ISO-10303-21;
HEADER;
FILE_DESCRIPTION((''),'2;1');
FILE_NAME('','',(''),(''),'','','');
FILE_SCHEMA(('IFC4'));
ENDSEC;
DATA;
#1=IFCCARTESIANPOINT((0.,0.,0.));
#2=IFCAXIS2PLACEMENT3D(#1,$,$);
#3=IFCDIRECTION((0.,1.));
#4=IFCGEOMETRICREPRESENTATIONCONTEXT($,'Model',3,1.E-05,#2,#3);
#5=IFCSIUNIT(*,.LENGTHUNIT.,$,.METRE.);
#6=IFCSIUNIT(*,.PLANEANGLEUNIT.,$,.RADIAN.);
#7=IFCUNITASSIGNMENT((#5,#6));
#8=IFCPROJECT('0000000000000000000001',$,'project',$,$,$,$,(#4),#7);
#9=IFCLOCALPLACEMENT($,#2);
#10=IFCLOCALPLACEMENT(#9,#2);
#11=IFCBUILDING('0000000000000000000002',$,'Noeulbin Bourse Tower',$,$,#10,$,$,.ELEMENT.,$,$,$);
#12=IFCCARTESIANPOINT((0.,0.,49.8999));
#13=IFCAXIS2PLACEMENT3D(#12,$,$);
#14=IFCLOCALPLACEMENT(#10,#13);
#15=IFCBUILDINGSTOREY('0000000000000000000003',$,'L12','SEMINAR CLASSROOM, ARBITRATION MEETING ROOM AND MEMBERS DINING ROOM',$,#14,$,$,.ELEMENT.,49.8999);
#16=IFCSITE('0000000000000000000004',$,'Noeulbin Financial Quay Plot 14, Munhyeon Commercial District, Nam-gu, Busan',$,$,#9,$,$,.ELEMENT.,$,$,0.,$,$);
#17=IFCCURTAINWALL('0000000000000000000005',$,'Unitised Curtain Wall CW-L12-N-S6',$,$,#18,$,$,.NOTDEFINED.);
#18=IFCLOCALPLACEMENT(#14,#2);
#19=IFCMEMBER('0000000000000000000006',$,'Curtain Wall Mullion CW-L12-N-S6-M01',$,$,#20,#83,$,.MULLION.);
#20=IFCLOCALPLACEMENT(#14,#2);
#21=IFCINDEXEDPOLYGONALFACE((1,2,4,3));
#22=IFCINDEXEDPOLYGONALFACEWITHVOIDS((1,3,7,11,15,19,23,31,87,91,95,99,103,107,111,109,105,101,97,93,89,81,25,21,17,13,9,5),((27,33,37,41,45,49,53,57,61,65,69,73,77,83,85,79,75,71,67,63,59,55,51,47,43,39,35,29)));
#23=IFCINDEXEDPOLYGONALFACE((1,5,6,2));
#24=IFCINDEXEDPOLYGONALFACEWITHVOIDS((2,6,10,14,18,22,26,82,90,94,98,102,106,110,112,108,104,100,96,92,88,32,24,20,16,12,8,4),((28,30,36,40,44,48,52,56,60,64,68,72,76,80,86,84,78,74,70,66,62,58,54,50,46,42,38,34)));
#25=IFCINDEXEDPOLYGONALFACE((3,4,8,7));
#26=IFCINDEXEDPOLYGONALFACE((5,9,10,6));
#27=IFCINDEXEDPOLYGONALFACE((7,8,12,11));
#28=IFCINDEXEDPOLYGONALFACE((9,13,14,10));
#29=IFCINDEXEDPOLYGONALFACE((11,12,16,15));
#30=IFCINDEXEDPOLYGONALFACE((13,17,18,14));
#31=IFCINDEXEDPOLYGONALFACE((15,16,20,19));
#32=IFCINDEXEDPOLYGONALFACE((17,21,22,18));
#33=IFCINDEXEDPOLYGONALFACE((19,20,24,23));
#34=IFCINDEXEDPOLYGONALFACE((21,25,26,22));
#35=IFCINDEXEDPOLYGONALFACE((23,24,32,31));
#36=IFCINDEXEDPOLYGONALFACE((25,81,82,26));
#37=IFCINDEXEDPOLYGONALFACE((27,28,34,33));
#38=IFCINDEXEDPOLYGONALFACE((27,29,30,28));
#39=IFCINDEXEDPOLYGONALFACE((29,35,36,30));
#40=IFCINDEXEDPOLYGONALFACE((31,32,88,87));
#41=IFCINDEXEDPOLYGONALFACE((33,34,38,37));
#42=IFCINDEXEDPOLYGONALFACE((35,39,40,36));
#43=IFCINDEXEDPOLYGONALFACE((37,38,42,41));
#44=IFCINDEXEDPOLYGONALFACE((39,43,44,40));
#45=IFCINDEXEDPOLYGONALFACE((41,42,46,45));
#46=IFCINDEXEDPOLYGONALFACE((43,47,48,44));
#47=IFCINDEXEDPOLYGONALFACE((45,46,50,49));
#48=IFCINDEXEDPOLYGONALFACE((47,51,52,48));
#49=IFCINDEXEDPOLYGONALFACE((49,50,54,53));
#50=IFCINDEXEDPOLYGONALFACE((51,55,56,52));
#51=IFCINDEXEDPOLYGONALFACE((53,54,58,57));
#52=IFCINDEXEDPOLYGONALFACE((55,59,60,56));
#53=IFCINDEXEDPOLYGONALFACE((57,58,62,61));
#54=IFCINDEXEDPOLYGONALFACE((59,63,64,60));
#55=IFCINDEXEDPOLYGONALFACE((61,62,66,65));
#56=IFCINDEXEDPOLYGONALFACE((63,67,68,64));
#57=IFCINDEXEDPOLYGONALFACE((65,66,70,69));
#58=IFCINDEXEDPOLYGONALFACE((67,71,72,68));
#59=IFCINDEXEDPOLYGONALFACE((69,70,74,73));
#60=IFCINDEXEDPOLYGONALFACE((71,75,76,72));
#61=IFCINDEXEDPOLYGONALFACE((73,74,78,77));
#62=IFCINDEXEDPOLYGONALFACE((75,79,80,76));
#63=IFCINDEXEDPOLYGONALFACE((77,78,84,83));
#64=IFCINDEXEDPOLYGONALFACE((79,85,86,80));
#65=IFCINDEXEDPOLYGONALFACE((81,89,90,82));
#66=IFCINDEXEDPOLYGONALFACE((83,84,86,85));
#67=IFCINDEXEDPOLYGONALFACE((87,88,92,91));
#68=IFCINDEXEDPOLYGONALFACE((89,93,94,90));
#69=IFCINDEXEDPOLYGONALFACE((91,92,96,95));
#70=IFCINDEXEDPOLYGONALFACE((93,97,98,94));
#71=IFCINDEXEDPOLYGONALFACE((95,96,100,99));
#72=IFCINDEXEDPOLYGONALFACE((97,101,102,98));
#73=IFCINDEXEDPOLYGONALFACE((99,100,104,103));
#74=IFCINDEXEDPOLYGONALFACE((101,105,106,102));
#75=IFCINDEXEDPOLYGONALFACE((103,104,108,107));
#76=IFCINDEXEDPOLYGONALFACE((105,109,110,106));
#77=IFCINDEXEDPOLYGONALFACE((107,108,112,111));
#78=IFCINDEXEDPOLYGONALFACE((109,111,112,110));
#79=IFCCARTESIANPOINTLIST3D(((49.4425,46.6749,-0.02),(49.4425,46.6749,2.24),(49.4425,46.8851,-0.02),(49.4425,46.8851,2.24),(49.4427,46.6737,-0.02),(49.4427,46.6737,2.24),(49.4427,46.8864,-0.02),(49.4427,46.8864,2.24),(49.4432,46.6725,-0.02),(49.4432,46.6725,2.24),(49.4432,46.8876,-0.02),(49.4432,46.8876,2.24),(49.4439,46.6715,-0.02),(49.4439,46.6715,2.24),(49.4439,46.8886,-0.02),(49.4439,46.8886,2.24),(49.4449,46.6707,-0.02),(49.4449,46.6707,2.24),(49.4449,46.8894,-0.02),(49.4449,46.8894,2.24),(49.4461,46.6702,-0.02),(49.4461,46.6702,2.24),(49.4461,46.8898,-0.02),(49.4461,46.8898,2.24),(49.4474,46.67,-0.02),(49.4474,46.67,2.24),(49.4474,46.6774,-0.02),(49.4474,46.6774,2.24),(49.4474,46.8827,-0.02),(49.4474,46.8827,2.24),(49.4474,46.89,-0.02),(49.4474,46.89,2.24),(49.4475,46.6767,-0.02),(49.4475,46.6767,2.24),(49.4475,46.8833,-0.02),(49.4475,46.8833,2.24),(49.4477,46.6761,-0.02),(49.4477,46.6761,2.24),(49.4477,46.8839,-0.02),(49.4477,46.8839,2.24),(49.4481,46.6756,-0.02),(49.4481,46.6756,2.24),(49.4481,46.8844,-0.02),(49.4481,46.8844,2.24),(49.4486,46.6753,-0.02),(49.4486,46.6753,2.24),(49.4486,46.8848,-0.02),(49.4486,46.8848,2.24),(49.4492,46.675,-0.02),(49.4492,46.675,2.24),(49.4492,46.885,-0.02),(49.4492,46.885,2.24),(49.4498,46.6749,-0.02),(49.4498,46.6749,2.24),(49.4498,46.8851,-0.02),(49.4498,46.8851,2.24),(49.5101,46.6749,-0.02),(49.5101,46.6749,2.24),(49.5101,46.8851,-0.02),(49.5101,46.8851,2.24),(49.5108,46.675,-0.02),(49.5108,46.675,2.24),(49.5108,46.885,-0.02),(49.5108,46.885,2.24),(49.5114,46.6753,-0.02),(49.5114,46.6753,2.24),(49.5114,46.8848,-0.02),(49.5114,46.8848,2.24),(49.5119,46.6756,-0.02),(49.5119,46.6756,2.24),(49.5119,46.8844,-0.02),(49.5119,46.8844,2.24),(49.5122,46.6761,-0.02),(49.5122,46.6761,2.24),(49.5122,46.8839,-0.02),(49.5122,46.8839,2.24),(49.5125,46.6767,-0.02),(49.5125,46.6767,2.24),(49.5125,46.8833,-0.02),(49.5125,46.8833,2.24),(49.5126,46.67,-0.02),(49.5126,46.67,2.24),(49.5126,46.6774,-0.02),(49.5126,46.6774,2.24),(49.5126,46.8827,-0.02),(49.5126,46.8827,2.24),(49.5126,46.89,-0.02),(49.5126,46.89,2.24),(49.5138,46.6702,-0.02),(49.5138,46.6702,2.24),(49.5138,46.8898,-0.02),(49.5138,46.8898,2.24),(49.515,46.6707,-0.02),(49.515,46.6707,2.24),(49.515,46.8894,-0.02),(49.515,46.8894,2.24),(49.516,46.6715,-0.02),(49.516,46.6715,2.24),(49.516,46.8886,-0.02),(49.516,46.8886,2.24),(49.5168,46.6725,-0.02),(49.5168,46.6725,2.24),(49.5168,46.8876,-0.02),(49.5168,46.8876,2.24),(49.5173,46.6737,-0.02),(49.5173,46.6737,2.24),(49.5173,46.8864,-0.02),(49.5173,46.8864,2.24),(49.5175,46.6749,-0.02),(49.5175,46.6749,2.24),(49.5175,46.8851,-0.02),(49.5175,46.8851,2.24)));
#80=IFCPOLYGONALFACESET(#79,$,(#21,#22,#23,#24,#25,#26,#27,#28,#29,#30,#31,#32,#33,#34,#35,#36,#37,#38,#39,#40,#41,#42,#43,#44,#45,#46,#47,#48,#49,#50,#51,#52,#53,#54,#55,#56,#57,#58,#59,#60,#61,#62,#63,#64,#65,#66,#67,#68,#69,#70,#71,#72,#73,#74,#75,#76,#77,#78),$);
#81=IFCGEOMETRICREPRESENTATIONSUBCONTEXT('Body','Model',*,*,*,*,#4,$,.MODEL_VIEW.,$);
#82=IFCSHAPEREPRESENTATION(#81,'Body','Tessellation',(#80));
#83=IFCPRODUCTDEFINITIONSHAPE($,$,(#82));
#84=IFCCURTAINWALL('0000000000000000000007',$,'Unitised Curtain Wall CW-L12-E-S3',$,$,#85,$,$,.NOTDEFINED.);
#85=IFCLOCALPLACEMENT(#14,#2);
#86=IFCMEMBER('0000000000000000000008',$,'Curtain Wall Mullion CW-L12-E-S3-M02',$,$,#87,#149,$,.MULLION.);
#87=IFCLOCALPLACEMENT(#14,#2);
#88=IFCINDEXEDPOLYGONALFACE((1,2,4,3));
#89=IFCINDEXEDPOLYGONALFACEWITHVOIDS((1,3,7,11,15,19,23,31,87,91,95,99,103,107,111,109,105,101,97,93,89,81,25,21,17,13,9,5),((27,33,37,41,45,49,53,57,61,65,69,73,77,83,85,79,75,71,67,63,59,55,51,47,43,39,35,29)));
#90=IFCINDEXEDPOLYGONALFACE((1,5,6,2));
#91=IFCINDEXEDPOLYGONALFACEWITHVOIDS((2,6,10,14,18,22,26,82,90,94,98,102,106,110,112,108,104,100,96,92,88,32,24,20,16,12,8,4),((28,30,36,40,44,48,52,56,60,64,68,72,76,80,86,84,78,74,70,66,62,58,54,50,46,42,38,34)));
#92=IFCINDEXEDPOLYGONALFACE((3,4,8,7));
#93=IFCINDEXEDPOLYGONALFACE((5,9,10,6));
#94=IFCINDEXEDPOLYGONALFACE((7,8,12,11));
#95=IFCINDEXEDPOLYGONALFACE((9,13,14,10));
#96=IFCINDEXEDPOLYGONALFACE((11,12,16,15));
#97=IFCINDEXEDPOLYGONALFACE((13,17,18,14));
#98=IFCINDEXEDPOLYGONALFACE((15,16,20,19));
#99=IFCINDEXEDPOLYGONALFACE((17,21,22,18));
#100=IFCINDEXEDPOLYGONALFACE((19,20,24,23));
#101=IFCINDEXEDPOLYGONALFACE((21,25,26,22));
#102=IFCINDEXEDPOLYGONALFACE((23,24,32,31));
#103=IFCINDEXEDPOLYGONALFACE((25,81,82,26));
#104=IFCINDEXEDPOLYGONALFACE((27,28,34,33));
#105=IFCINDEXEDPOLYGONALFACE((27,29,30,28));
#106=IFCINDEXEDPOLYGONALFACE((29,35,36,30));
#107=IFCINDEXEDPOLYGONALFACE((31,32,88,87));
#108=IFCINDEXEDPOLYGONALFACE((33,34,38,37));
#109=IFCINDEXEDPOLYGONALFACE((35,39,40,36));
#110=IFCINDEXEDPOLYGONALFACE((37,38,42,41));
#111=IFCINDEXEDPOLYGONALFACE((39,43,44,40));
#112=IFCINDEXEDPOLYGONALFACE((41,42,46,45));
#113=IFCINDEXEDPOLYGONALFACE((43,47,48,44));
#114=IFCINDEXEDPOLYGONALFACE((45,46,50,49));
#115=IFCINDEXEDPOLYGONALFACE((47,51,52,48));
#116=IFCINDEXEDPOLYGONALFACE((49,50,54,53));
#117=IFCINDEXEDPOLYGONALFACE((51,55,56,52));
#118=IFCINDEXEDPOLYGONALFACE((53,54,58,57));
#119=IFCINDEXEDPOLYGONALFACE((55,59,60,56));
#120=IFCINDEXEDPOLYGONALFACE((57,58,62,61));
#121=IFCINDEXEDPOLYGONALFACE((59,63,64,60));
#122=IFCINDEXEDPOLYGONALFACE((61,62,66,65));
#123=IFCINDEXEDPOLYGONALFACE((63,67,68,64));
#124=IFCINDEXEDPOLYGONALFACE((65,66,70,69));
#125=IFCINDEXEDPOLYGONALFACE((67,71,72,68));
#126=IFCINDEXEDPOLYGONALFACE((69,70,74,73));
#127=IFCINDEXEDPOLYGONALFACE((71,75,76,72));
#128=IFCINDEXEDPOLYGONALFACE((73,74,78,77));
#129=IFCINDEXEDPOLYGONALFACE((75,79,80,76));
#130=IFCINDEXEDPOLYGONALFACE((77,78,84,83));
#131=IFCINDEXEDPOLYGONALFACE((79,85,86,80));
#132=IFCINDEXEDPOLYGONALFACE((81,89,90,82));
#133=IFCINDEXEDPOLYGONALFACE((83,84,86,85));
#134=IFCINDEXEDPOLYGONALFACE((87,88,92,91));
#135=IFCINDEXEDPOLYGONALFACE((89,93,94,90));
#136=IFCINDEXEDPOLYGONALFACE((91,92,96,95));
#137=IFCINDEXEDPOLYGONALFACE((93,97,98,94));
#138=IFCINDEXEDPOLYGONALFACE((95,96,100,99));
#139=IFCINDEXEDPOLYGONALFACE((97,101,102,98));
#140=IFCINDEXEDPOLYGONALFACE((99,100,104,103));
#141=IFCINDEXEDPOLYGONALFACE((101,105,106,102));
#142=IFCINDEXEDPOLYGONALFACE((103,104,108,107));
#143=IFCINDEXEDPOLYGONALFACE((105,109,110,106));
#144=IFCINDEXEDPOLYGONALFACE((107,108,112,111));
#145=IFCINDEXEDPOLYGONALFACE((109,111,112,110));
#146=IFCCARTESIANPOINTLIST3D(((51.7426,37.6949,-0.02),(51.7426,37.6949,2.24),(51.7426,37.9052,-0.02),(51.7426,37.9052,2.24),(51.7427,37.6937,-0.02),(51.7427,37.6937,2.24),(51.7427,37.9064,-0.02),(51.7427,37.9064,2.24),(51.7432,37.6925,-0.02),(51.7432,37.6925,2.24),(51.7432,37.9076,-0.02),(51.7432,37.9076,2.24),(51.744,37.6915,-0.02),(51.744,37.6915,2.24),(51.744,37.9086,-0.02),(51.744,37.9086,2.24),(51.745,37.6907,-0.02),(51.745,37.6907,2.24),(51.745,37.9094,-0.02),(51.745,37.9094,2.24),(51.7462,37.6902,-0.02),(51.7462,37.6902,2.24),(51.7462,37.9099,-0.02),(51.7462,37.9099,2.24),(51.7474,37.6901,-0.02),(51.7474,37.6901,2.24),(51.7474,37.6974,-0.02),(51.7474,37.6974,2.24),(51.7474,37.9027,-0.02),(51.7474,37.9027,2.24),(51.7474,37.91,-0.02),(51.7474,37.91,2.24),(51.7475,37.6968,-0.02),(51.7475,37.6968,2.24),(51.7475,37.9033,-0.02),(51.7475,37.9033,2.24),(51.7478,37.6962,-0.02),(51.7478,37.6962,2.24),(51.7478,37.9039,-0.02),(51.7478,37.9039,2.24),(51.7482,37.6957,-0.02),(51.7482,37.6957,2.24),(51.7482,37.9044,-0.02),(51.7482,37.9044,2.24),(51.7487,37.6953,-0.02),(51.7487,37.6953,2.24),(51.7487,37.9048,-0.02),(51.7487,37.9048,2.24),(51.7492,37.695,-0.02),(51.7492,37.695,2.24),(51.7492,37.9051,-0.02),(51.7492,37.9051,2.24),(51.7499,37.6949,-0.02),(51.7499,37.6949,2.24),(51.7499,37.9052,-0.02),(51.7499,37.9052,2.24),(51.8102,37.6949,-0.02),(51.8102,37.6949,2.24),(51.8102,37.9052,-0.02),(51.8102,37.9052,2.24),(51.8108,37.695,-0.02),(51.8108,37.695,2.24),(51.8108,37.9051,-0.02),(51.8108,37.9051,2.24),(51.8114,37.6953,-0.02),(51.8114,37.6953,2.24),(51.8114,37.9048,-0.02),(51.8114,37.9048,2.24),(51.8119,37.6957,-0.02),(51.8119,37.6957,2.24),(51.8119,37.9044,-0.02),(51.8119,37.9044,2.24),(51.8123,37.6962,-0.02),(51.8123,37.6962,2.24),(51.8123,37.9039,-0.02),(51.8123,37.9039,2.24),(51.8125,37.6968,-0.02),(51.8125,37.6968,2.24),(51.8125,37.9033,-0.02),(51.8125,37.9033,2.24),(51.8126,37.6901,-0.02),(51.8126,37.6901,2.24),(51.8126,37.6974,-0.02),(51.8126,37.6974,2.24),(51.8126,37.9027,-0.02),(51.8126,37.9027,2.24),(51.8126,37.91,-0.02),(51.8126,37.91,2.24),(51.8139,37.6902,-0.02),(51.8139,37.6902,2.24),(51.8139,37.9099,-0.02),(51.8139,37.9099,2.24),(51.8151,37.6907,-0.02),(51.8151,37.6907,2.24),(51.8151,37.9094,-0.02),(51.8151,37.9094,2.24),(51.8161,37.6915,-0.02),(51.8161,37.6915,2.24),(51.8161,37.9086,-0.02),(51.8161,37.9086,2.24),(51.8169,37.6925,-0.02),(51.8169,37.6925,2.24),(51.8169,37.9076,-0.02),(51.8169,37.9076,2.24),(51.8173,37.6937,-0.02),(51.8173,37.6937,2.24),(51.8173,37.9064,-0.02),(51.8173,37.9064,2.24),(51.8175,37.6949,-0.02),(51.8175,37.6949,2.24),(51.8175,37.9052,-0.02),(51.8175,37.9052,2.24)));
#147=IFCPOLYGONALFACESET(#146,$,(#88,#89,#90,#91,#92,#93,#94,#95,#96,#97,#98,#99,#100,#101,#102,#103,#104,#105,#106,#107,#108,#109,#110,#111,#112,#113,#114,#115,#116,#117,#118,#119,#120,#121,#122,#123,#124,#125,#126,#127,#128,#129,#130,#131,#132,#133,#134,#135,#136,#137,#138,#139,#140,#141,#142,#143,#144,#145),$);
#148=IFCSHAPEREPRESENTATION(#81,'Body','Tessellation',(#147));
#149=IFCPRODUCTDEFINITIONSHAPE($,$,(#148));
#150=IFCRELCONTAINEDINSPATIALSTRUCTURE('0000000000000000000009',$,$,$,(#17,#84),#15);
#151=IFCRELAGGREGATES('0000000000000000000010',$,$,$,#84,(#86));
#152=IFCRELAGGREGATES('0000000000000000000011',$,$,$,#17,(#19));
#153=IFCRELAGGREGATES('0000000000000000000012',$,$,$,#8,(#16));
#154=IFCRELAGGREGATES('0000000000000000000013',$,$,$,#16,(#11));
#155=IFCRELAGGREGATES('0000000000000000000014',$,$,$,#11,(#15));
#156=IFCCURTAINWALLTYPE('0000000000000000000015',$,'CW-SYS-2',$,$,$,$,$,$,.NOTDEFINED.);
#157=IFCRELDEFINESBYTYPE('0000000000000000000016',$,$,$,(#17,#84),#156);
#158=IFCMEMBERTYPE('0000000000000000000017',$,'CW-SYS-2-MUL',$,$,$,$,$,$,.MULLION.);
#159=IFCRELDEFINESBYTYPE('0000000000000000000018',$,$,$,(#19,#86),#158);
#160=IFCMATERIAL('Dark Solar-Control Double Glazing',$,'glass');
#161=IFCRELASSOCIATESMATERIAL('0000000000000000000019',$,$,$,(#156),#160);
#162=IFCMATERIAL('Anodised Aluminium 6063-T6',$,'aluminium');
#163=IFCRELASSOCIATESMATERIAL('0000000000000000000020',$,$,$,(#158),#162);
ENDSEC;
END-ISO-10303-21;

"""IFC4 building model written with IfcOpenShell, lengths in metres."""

from ifc_helpers import new_model, si_unit, direction, frame, origin, origin_2d, place, context, subcontext, project, spatial, hollow_rectangle, extrude, material, material_profile, profile_set, type_object, element, aggregate, save


model = new_model("IFC4")

# Units and contexts
model_context = context("Model", 3, precision=1e-05, world=origin(), true_north=direction((0.0, 1.0)))
body_context = subcontext(model_context, "Body", "Model", "MODEL_VIEW")
ifc_project = project(units=[si_unit("LENGTHUNIT", "METRE"), si_unit("PLANEANGLEUNIT", "RADIAN")], contexts=[model_context])

# Site, building, storey
site_placement = place(None, origin())
site = spatial("IfcSite", under=ifc_project, at=site_placement, Name="Noeulbin Financial Quay Plot 14, Munhyeon Commercial District, Nam-gu, Busan", CompositionType="ELEMENT", RefElevation=0.0)
building_placement = place(site_placement, origin())
building = spatial("IfcBuilding", under=site, at=building_placement, Name="Noeulbin Bourse Tower", CompositionType="ELEMENT")
storey_placement = place(building_placement, frame((0.0, 0.0, 49.8999)))
storey = spatial("IfcBuildingStorey", under=building, at=storey_placement, Name="L12", Description="SEMINAR CLASSROOM, ARBITRATION MEETING ROOM AND MEMBERS DINING ROOM", CompositionType="ELEMENT", Elevation=49.8999)

# Shared definitions
ifc_material_1 = material(Name="Dark Solar-Control Double Glazing", Category="glass")
curtain_wall_type = type_object("IfcCurtainWallType", Name="CW-SYS-2", PredefinedType="NOTDEFINED", material=ifc_material_1)
ifc_material_2 = material(Name="Anodised Aluminium 6063-T6", Category="aluminium")
ifc_material_profile_1 = material_profile(ifc_material_2, hollow_rectangle(XDim=0.075, YDim=0.22, WallThickness=0.0049, InnerFilletRadius=0.0024, OuterFilletRadius=0.0049, at=origin_2d()), Name="ALU-MULL-75x220x5", Category="LoadBearing")
ifc_profile_set_1 = profile_set([ifc_material_profile_1], Name="Anodised Aluminium 6063-T6")
member_type_1 = type_object("IfcMemberType", Name="CW-SYS-2-MUL", PredefinedType="MULLION", material=ifc_profile_set_1)

# Curtain wall, member
curtain_wall_1_placement = place(storey_placement, origin())
curtain_wall_1 = element("IfcCurtainWall", 1, at=curtain_wall_1_placement, inside=storey, type_object=curtain_wall_type, Name="Unitised Curtain Wall CW-L12-N-S6", PredefinedType="NOTDEFINED")
member_1_placement = place(storey_placement, frame((49.48, 46.78, -0.02), z_axis=(0.0, 0.0, 1.0), x_axis=(1.0, 0.0, 0.0)))
member_1 = element("IfcMember", 2, at=member_1_placement, type_object=member_type_1, Name="Curtain Wall Mullion CW-L12-N-S6-M01", PredefinedType="MULLION", context=body_context, shape_type="SweptSolid", body=[
    extrude(hollow_rectangle(XDim=0.075, YDim=0.22, WallThickness=0.0049, InnerFilletRadius=0.0024, OuterFilletRadius=0.0049, at=origin_2d()), origin(), (0.0, 0.0, 1.0), 2.26),
])

# Curtain wall, member
curtain_wall_2_placement = place(storey_placement, origin())
curtain_wall_2 = element("IfcCurtainWall", 3, at=curtain_wall_2_placement, inside=storey, type_object=curtain_wall_type, Name="Unitised Curtain Wall CW-L12-E-S3", PredefinedType="NOTDEFINED")
member_2_placement = place(storey_placement, frame((51.78, 37.8, -0.02), z_axis=(0.0, 0.0, 1.0), x_axis=(1.0, 0.0, 0.0)))
member_2 = element("IfcMember", 4, at=member_2_placement, type_object=member_type_1, Name="Curtain Wall Mullion CW-L12-E-S3-M02", PredefinedType="MULLION", context=body_context, shape_type="SweptSolid", body=[
    extrude(hollow_rectangle(XDim=0.075, YDim=0.22, WallThickness=0.0049, InnerFilletRadius=0.0024, OuterFilletRadius=0.0049, at=origin_2d()), origin(), (0.0, 0.0, 1.0), 2.26),
])
aggregate(curtain_wall_2, [member_2])

aggregate(curtain_wall_1, [member_1])

save(model, "model.ifc")
